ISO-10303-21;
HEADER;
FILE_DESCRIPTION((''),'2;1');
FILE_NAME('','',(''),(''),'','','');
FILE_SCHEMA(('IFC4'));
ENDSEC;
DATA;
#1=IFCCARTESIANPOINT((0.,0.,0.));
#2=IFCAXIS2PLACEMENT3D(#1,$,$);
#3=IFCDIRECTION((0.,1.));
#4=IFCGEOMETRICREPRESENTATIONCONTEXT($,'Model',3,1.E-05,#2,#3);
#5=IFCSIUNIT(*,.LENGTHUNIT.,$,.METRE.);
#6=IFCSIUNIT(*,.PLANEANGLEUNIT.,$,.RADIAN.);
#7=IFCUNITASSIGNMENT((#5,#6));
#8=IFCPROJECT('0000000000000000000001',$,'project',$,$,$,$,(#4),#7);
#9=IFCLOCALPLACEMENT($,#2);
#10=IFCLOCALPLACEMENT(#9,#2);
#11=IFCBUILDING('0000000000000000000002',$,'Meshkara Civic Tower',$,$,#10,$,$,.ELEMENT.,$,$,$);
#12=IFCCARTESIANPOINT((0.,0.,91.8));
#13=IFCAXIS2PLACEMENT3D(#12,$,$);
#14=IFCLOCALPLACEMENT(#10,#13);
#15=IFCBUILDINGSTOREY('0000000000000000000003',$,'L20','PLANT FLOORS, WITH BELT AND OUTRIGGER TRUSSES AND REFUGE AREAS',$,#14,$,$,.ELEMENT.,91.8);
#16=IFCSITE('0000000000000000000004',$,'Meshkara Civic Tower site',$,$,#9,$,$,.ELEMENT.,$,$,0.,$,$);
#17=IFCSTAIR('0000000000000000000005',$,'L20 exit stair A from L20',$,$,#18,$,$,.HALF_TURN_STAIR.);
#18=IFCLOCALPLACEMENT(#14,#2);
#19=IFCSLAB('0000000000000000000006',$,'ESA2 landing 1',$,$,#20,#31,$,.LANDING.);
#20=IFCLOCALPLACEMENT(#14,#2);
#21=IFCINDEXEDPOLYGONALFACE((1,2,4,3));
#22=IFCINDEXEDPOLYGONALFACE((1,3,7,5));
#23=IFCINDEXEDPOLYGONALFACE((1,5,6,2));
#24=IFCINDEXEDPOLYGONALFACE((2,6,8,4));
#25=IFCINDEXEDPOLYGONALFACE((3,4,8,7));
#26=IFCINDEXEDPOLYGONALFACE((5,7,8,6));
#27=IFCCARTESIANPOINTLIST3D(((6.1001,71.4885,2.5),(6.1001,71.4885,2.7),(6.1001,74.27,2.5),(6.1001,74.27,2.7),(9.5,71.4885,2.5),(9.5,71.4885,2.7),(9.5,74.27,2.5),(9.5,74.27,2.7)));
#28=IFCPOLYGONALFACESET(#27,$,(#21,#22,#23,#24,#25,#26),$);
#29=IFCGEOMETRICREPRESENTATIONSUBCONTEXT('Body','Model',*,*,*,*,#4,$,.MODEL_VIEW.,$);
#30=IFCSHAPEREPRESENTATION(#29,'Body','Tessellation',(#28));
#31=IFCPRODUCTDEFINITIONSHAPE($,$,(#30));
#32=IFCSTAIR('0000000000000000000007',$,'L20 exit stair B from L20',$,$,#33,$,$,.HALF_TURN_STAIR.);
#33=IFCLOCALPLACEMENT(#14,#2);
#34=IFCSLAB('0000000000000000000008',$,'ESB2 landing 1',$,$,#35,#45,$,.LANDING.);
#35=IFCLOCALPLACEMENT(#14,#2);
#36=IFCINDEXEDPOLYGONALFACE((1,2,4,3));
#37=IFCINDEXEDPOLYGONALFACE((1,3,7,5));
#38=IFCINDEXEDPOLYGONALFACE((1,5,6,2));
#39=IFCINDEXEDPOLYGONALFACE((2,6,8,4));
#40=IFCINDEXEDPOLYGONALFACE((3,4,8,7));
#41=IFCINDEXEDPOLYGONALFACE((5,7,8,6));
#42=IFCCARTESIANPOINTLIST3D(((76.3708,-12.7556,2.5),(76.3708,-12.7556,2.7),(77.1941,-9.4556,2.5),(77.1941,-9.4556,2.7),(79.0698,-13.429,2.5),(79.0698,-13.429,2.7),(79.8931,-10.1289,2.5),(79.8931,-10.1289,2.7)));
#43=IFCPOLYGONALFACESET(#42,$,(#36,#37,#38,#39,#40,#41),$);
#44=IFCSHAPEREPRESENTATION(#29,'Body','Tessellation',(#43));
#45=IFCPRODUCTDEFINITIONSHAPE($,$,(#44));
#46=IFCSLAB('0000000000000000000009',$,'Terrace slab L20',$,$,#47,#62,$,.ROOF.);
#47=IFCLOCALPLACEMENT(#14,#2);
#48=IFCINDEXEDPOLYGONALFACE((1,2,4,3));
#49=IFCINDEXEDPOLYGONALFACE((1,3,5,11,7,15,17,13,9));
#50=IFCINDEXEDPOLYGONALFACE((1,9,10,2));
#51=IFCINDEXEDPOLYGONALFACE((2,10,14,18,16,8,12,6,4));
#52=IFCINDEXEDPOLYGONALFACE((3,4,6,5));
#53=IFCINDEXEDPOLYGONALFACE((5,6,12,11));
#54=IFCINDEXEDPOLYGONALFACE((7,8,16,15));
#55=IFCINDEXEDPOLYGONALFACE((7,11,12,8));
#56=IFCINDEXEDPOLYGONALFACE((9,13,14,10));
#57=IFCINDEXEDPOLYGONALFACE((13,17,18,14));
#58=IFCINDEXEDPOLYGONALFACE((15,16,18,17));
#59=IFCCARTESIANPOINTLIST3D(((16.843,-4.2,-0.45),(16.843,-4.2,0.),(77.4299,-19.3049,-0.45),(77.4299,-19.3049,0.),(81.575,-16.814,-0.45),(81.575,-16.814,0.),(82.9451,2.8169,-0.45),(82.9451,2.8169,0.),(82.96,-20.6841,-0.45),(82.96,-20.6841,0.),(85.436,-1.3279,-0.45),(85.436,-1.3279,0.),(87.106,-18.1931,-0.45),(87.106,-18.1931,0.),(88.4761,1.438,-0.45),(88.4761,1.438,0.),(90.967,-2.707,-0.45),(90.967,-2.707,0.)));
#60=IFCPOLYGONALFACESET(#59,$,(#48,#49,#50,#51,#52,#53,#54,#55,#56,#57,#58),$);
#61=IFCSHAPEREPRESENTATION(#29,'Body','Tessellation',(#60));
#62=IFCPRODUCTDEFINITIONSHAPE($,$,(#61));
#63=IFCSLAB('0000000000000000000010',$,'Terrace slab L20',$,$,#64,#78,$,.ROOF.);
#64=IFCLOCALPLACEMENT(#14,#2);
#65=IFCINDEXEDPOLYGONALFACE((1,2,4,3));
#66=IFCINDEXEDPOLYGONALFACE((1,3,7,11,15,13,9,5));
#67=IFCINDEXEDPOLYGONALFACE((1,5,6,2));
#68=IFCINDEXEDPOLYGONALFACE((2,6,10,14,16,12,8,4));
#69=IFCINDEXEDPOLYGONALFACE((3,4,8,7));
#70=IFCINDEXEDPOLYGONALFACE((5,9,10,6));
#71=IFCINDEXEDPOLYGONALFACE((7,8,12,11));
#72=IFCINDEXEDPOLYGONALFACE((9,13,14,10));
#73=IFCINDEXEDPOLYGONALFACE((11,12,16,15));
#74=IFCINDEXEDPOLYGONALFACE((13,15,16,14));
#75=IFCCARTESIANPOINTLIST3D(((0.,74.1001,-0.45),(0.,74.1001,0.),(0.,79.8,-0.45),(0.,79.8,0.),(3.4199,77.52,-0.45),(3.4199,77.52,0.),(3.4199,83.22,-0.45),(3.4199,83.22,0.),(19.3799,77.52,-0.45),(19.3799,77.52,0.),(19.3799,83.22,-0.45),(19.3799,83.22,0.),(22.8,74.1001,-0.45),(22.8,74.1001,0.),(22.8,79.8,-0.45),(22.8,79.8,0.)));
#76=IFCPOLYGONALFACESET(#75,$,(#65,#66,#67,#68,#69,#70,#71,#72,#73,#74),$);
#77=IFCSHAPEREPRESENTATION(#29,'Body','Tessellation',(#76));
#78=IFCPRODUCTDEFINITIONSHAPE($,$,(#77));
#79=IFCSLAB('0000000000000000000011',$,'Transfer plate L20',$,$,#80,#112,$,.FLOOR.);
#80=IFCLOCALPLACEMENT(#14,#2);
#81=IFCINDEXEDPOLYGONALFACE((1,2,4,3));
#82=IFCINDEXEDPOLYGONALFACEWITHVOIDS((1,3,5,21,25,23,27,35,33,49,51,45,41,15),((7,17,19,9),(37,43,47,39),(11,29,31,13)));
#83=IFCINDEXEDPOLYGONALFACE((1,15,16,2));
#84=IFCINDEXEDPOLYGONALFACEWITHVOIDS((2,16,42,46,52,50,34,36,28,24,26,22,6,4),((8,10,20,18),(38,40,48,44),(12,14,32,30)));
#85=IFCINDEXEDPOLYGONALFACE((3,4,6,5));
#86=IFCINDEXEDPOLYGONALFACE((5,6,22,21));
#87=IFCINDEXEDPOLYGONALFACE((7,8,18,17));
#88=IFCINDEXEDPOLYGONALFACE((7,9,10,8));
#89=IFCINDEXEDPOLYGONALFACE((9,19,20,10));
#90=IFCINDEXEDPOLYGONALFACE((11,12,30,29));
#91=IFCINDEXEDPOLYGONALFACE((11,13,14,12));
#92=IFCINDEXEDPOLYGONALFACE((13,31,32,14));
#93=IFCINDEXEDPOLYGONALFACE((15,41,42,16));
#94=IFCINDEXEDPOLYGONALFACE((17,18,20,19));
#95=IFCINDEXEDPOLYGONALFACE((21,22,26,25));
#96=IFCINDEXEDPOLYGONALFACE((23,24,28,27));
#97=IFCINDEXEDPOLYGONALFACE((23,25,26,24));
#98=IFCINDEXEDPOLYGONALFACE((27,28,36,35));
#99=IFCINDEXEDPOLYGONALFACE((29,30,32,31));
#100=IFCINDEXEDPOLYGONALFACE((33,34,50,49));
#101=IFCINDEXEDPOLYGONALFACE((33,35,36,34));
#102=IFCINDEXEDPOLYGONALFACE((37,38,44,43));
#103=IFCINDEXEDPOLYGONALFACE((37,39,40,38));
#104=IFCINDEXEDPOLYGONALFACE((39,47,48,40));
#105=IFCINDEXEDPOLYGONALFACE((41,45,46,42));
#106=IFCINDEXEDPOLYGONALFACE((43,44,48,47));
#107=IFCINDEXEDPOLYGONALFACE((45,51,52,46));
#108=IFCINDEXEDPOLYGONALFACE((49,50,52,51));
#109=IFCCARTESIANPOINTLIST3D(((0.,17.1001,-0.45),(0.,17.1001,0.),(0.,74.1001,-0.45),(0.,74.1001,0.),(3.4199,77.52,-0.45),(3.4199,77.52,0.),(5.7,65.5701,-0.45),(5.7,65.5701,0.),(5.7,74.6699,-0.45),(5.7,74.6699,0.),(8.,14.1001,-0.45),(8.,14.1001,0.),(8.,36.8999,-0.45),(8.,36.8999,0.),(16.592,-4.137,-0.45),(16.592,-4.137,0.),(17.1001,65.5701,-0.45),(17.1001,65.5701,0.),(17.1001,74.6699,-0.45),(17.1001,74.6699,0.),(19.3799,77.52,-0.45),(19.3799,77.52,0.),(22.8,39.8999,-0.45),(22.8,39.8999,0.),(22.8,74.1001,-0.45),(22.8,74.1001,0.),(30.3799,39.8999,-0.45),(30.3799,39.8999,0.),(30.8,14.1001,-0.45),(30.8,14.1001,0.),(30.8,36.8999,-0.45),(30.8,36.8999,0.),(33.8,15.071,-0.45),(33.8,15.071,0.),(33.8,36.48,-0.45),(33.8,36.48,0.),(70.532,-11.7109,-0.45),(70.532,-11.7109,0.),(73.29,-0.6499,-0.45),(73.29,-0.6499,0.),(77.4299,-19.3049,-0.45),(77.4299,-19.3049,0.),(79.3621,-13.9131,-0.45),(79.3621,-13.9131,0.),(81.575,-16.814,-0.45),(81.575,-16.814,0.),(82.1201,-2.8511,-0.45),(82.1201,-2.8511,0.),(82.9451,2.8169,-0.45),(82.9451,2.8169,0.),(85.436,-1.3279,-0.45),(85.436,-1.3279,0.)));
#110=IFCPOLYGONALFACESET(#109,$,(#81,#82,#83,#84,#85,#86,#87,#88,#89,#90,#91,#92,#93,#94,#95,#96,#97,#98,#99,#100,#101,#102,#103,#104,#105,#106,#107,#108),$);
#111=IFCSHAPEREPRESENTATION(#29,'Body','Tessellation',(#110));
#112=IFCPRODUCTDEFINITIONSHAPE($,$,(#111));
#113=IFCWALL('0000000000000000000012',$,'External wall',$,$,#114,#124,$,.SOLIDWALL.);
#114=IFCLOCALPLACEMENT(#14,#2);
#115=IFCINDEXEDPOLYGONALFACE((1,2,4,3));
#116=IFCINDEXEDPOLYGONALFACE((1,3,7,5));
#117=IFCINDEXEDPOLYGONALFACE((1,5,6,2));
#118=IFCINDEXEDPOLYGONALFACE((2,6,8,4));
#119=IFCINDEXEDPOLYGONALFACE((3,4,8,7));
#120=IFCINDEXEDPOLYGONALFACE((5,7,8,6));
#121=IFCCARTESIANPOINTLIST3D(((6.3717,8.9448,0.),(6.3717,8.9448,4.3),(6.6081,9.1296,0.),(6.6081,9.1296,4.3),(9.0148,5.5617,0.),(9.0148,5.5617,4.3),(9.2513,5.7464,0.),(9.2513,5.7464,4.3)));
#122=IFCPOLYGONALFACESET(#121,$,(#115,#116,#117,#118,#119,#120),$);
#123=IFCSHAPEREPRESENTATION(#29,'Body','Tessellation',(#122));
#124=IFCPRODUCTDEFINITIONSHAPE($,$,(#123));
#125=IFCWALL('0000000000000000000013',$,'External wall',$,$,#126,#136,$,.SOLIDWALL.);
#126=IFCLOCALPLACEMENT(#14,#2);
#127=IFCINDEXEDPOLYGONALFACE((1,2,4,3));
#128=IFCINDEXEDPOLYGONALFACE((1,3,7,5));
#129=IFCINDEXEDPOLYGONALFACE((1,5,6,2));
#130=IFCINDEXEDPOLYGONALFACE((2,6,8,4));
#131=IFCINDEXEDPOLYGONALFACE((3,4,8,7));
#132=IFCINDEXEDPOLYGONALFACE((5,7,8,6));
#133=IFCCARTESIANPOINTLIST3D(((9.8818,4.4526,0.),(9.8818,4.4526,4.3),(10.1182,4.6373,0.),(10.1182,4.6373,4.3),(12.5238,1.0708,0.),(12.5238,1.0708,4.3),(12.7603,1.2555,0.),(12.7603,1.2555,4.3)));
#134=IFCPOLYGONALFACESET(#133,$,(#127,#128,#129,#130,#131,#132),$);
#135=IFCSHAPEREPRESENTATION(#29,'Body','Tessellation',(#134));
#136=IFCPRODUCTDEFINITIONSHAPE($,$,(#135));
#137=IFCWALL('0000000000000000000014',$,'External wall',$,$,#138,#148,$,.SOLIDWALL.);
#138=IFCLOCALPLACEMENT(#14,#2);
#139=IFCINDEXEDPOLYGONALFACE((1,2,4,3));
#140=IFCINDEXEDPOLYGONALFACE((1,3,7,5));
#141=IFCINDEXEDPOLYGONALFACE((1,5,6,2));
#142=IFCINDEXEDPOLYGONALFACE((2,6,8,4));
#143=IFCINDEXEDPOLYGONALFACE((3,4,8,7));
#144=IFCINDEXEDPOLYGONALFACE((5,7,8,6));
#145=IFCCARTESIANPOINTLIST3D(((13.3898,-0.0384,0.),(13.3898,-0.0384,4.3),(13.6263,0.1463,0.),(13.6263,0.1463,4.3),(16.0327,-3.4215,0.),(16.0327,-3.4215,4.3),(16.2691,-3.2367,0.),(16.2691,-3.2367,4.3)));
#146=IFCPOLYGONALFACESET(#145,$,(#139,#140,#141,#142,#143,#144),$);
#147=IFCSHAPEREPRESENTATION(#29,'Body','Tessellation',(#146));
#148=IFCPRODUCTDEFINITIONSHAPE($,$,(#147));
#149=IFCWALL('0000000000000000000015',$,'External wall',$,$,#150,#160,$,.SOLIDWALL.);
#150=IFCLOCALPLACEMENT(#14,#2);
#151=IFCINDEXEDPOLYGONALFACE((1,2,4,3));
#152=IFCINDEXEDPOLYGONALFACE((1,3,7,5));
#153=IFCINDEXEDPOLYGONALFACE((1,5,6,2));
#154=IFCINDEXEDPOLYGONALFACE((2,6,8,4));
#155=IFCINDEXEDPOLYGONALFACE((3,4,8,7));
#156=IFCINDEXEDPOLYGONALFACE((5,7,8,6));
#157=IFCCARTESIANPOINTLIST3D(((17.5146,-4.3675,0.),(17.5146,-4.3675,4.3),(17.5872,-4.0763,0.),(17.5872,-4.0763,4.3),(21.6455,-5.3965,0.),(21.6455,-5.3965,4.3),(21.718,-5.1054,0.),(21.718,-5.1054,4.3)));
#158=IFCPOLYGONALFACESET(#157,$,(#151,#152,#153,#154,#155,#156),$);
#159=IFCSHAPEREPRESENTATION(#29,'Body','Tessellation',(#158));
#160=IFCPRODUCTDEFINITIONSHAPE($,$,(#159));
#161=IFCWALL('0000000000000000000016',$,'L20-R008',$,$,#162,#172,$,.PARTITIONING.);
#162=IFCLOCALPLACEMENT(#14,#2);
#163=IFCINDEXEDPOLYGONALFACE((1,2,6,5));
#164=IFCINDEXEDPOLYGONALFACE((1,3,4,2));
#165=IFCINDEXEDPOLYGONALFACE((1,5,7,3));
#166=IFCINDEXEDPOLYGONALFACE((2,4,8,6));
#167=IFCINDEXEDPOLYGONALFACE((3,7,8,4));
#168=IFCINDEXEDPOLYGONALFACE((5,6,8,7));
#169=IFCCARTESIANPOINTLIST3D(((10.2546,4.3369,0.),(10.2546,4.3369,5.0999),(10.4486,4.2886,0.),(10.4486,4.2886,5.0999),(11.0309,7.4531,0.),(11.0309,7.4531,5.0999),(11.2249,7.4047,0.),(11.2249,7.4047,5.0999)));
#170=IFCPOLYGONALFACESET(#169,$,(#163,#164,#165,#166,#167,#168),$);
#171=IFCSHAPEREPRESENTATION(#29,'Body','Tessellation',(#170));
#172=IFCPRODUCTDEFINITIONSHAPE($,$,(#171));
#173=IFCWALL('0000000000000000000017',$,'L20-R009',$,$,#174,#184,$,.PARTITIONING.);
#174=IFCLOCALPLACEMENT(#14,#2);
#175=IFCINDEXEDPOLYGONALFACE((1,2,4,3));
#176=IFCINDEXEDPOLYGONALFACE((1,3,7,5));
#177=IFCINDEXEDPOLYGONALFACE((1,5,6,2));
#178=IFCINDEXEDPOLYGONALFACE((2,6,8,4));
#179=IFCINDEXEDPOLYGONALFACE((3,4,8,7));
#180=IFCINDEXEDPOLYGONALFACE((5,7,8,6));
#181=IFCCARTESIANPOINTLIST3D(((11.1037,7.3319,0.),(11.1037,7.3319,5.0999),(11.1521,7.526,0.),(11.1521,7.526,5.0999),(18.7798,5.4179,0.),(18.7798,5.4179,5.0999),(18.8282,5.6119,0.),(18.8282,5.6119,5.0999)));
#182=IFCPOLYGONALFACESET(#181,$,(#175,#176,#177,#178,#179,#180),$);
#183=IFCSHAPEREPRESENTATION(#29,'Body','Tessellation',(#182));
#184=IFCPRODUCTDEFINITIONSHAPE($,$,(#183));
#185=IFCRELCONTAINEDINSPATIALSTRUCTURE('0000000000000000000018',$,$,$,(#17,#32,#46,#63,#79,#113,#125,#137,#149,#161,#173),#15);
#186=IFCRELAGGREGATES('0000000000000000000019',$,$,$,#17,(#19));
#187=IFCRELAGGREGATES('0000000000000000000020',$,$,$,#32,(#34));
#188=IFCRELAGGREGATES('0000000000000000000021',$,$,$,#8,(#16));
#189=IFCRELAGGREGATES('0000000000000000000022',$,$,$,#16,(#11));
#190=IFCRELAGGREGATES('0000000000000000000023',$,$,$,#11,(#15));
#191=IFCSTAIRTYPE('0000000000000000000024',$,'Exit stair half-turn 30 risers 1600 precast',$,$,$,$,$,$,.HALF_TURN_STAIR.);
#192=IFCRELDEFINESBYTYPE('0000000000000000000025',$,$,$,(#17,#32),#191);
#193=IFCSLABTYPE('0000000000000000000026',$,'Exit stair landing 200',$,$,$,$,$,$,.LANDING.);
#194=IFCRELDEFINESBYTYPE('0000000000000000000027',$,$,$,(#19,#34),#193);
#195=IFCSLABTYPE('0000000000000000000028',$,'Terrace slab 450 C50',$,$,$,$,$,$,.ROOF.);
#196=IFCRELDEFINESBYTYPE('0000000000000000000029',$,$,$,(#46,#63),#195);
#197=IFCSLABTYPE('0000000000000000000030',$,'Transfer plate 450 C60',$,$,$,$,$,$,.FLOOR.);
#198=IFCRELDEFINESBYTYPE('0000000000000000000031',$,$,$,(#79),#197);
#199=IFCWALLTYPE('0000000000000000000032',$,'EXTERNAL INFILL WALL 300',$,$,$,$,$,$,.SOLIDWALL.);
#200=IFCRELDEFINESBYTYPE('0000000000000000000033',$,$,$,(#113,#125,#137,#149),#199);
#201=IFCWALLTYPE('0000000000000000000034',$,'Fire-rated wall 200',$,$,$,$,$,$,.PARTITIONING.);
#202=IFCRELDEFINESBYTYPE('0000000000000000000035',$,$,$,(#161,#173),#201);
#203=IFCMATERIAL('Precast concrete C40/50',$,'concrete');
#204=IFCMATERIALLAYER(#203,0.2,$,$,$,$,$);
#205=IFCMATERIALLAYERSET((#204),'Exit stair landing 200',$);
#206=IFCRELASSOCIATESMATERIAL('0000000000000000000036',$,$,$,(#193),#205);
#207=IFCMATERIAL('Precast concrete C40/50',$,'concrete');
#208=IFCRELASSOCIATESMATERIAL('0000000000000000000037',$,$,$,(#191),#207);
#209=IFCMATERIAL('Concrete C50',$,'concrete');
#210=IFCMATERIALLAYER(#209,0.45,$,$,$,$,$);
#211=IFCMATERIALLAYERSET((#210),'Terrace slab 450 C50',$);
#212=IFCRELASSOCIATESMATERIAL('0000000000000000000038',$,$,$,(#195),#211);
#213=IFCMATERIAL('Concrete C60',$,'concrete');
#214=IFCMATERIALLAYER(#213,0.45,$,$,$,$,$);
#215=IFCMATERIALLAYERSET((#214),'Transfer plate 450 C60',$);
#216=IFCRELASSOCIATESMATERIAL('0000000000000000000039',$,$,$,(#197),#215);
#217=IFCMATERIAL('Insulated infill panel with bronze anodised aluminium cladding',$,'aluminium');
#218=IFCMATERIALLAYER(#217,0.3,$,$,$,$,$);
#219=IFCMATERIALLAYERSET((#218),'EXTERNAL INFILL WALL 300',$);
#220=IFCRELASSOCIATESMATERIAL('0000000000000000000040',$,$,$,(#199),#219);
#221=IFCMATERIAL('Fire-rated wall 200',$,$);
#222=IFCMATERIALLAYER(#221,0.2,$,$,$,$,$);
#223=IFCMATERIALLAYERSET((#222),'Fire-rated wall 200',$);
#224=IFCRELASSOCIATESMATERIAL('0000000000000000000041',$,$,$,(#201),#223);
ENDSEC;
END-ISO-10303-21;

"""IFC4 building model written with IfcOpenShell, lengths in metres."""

from ifc_helpers import new_model, si_unit, direction, frame, frame_2d, origin, place, context, subcontext, project, spatial, polyline, rectangle, outline, extrude, material, layer, layer_set, type_object, element, aggregate, save


model = new_model("IFC4")

# Units and contexts
model_context = context("Model", 3, precision=1e-05, world=origin(), true_north=direction((0.0, 1.0)))
body_context = subcontext(model_context, "Body", "Model", "MODEL_VIEW")
ifc_project = project(units=[si_unit("LENGTHUNIT", "METRE"), si_unit("PLANEANGLEUNIT", "RADIAN")], contexts=[model_context])

# Site, building, storey
site_placement = place(None, origin())
site = spatial("IfcSite", under=ifc_project, at=site_placement, Name="Meshkara Civic Tower site", CompositionType="ELEMENT", RefElevation=0.0)
building_placement = place(site_placement, origin())
building = spatial("IfcBuilding", under=site, at=building_placement, Name="Meshkara Civic Tower", CompositionType="ELEMENT")
storey_placement = place(building_placement, frame((0.0, 0.0, 91.8)))
storey = spatial("IfcBuildingStorey", under=building, at=storey_placement, Name="L20", Description="PLANT FLOORS, WITH BELT AND OUTRIGGER TRUSSES AND REFUGE AREAS", CompositionType="ELEMENT", Elevation=91.8)

# Stairs, slabs
ifc_material_1 = material(Name="Precast concrete C40/50", Category="concrete")
ifc_layer_1 = layer(ifc_material_1, 0.2)
ifc_layer_set_1 = layer_set([ifc_layer_1], Name="Exit stair landing 200")
slab_type_1 = type_object("IfcSlabType", Name="Exit stair landing 200", PredefinedType="LANDING", material=ifc_layer_set_1)
ifc_material_2 = material(Name="Precast concrete C40/50", Category="concrete")
stair_type_1 = type_object("IfcStairType", Name="Exit stair half-turn 30 risers 1600 precast", PredefinedType="HALF_TURN_STAIR", material=ifc_material_2)
stair_1_placement = place(storey_placement, origin())
stair_1 = element("IfcStair", 1, at=stair_1_placement, inside=storey, type_object=stair_type_1, Name="L20 exit stair A from L20", PredefinedType="HALF_TURN_STAIR")
slab_1_placement = place(storey_placement, frame((0.0, 0.0, 2.5)))
slab_1 = element("IfcSlab", 2, at=slab_1_placement, type_object=slab_type_1, Name="ESA2 landing 1", PredefinedType="LANDING", context=body_context, shape_type="SweptSolid", body=[
    extrude(outline(polyline([(9.5, 71.4885), (9.5, 74.27), (6.1001, 74.27), (6.1001, 71.4885), (9.5, 71.4885)])), origin(), (0.0, 0.0, 1.0), 0.2),
])
aggregate(stair_1, [slab_1])
stair_2_placement = place(storey_placement, origin())
stair_2 = element("IfcStair", 3, at=stair_2_placement, inside=storey, type_object=stair_type_1, Name="L20 exit stair B from L20", PredefinedType="HALF_TURN_STAIR")
slab_2_placement = place(storey_placement, frame((0.0, 0.0, 2.5)))
slab_2 = element("IfcSlab", 4, at=slab_2_placement, type_object=slab_type_1, Name="ESB2 landing 1", PredefinedType="LANDING", context=body_context, shape_type="SweptSolid", body=[
    extrude(outline(polyline([(76.3708, -12.7556), (79.0698, -13.429), (79.8931, -10.1289), (77.1941, -9.4556), (76.3708, -12.7556)])), origin(), (0.0, 0.0, 1.0), 0.2),
])
aggregate(stair_2, [slab_2])

# Slabs
ifc_material_3 = material(Name="Concrete C50", Category="concrete")
ifc_layer_2 = layer(ifc_material_3, 0.45)
ifc_layer_set_2 = layer_set([ifc_layer_2], Name="Terrace slab 450 C50")
slab_type_2 = type_object("IfcSlabType", Name="Terrace slab 450 C50", PredefinedType="ROOF", material=ifc_layer_set_2)
slab_3_placement = place(storey_placement, frame((0.0, 0.0, -0.45)))
element("IfcSlab", 5, at=slab_3_placement, inside=storey, type_object=slab_type_2, Name="Terrace slab L20", PredefinedType="ROOF", context=body_context, shape_type="SweptSolid", body=[
    extrude(outline(polyline([(90.967, -2.707), (87.106, -18.1931), (82.96, -20.6841), (16.843, -4.2), (77.4299, -19.3049), (81.575, -16.814), (85.436, -1.3279), (82.9451, 2.8169), (88.4761, 1.438), (90.967, -2.707)])), origin(), (0.0, 0.0, 1.0), 0.45),
])
slab_4_placement = place(storey_placement, frame((0.0, 0.0, -0.45)))
element("IfcSlab", 6, at=slab_4_placement, inside=storey, type_object=slab_type_2, Name="Terrace slab L20", PredefinedType="ROOF", context=body_context, shape_type="SweptSolid", body=[
    extrude(outline(polyline([(3.4199, 83.22), (19.3799, 83.22), (22.8, 79.8), (22.8, 74.1001), (19.3799, 77.52), (3.4199, 77.52), (0.0, 74.1001), (0.0, 79.8), (3.4199, 83.22)])), origin(), (0.0, 0.0, 1.0), 0.45),
])
ifc_material_4 = material(Name="Concrete C60", Category="concrete")
ifc_layer_3 = layer(ifc_material_4, 0.45)
ifc_layer_set_3 = layer_set([ifc_layer_3], Name="Transfer plate 450 C60")
slab_type_3 = type_object("IfcSlabType", Name="Transfer plate 450 C60", PredefinedType="FLOOR", material=ifc_layer_set_3)
slab_5_placement = place(storey_placement, frame((0.0, 0.0, -0.45)))
element("IfcSlab", 7, at=slab_5_placement, inside=storey, type_object=slab_type_3, Name="Transfer plate L20", PredefinedType="FLOOR", context=body_context, shape_type="SweptSolid", body=[
    extrude(outline(polyline([(81.575, -16.814), (77.4299, -19.3049), (16.592, -4.137), (0.0, 17.1001), (0.0, 74.1001), (3.4199, 77.52), (19.3799, 77.52), (22.8, 74.1001), (22.8, 39.8999), (30.3799, 39.8999), (33.8, 36.48), (33.8, 15.071), (82.9451, 2.8169), (85.436, -1.3279), (81.575, -16.814)]), holes=[polyline([(79.3621, -13.9131), (82.1201, -2.8511), (73.29, -0.6499), (70.532, -11.7109), (79.3621, -13.9131)]), polyline([(8.0, 14.1001), (30.8, 14.1001), (30.8, 36.8999), (8.0, 36.8999), (8.0, 14.1001)]), polyline([(5.7, 74.6699), (5.7, 65.5701), (17.1001, 65.5701), (17.1001, 74.6699), (5.7, 74.6699)])]), origin(), (0.0, 0.0, 1.0), 0.45),
])

# Walls
ifc_material_5 = material(Name="Insulated infill panel with bronze anodised aluminium cladding", Category="aluminium")
ifc_layer_4 = layer(ifc_material_5, 0.3)
ifc_layer_set_4 = layer_set([ifc_layer_4], Name="EXTERNAL INFILL WALL 300")
wall_type_1 = type_object("IfcWallType", Name="EXTERNAL INFILL WALL 300", PredefinedType="SOLIDWALL", material=ifc_layer_set_4)
wall_1_placement = place(storey_placement, frame((6.49, 9.0371, 0.0), z_axis=(0.0, 0.0, 1.0), x_axis=(0.615652, -0.788018, 0.0)))
element("IfcWall", 8, at=wall_1_placement, inside=storey, type_object=wall_type_1, Name="External wall", PredefinedType="SOLIDWALL", context=body_context, shape_type="SweptSolid", body=[
    extrude(rectangle(XDim=4.2932, YDim=0.3, at=frame_2d((2.1465, 0.0))), origin(), (0.0, 0.0, 1.0), 4.3),
])
wall_2_placement = place(storey_placement, frame((10.0, 4.5449, 0.0), z_axis=(0.0, 0.0, 1.0), x_axis=(0.615648, -0.788021, 0.0)))
element("IfcWall", 9, at=wall_2_placement, inside=storey, type_object=wall_type_1, Name="External wall", PredefinedType="SOLIDWALL", context=body_context, shape_type="SweptSolid", body=[
    extrude(rectangle(XDim=4.2915, YDim=0.3, at=frame_2d((2.1458, 0.0))), origin(), (0.0, 0.0, 1.0), 4.3),
])
wall_3_placement = place(storey_placement, frame((13.5081, 0.054, 0.0), z_axis=(0.0, 0.0, 1.0), x_axis=(0.615616, -0.788046, 0.0)))
element("IfcWall", 10, at=wall_3_placement, inside=storey, type_object=wall_type_1, Name="External wall", PredefinedType="SOLIDWALL", context=body_context, shape_type="SweptSolid", body=[
    extrude(rectangle(XDim=4.293, YDim=0.3, at=frame_2d((2.1465, 0.0))), origin(), (0.0, 0.0, 1.0), 4.3),
])
wall_4_placement = place(storey_placement, frame((17.551, -4.2219, 0.0), z_axis=(0.0, 0.0, 1.0), x_axis=(0.970345, -0.241726, 0.0)))
element("IfcWall", 11, at=wall_4_placement, inside=storey, type_object=wall_type_1, Name="External wall", PredefinedType="SOLIDWALL", context=body_context, shape_type="SweptSolid", body=[
    extrude(rectangle(XDim=4.2571, YDim=0.3, at=frame_2d((2.1284, 0.0))), origin(), (0.0, 0.0, 1.0), 4.3),
])
ifc_material_6 = material(Name="Fire-rated wall 200")
ifc_layer_5 = layer(ifc_material_6, 0.2)
ifc_layer_set_5 = layer_set([ifc_layer_5], Name="Fire-rated wall 200")
wall_type_2 = type_object("IfcWallType", Name="Fire-rated wall 200", PredefinedType="PARTITIONING", material=ifc_layer_set_5)
wall_5_placement = place(storey_placement, frame((10.3516, 4.3127, 0.0), z_axis=(0.0, 0.0, 1.0), x_axis=(0.241748, 0.970339, 0.0)))
element("IfcWall", 12, at=wall_5_placement, inside=storey, type_object=wall_type_2, Name="L20-R008", PredefinedType="PARTITIONING", context=body_context, shape_type="SweptSolid", body=[
    extrude(rectangle(XDim=3.2114, YDim=0.2, at=frame_2d((1.6057, 0.0))), origin(), (0.0, 0.0, 1.0), 5.0999),
])
wall_6_placement = place(storey_placement, frame((11.1279, 7.429, 0.0), z_axis=(0.0, 0.0, 1.0), x_axis=(0.970289, -0.241947, 0.0)))
element("IfcWall", 13, at=wall_6_placement, inside=storey, type_object=wall_type_2, Name="L20-R009", PredefinedType="PARTITIONING", context=body_context, shape_type="SweptSolid", body=[
    extrude(rectangle(XDim=7.9111, YDim=0.2, at=frame_2d((3.9556, 0.0))), origin(), (0.0, 0.0, 1.0), 5.0999),
])

save(model, "model.ifc")
